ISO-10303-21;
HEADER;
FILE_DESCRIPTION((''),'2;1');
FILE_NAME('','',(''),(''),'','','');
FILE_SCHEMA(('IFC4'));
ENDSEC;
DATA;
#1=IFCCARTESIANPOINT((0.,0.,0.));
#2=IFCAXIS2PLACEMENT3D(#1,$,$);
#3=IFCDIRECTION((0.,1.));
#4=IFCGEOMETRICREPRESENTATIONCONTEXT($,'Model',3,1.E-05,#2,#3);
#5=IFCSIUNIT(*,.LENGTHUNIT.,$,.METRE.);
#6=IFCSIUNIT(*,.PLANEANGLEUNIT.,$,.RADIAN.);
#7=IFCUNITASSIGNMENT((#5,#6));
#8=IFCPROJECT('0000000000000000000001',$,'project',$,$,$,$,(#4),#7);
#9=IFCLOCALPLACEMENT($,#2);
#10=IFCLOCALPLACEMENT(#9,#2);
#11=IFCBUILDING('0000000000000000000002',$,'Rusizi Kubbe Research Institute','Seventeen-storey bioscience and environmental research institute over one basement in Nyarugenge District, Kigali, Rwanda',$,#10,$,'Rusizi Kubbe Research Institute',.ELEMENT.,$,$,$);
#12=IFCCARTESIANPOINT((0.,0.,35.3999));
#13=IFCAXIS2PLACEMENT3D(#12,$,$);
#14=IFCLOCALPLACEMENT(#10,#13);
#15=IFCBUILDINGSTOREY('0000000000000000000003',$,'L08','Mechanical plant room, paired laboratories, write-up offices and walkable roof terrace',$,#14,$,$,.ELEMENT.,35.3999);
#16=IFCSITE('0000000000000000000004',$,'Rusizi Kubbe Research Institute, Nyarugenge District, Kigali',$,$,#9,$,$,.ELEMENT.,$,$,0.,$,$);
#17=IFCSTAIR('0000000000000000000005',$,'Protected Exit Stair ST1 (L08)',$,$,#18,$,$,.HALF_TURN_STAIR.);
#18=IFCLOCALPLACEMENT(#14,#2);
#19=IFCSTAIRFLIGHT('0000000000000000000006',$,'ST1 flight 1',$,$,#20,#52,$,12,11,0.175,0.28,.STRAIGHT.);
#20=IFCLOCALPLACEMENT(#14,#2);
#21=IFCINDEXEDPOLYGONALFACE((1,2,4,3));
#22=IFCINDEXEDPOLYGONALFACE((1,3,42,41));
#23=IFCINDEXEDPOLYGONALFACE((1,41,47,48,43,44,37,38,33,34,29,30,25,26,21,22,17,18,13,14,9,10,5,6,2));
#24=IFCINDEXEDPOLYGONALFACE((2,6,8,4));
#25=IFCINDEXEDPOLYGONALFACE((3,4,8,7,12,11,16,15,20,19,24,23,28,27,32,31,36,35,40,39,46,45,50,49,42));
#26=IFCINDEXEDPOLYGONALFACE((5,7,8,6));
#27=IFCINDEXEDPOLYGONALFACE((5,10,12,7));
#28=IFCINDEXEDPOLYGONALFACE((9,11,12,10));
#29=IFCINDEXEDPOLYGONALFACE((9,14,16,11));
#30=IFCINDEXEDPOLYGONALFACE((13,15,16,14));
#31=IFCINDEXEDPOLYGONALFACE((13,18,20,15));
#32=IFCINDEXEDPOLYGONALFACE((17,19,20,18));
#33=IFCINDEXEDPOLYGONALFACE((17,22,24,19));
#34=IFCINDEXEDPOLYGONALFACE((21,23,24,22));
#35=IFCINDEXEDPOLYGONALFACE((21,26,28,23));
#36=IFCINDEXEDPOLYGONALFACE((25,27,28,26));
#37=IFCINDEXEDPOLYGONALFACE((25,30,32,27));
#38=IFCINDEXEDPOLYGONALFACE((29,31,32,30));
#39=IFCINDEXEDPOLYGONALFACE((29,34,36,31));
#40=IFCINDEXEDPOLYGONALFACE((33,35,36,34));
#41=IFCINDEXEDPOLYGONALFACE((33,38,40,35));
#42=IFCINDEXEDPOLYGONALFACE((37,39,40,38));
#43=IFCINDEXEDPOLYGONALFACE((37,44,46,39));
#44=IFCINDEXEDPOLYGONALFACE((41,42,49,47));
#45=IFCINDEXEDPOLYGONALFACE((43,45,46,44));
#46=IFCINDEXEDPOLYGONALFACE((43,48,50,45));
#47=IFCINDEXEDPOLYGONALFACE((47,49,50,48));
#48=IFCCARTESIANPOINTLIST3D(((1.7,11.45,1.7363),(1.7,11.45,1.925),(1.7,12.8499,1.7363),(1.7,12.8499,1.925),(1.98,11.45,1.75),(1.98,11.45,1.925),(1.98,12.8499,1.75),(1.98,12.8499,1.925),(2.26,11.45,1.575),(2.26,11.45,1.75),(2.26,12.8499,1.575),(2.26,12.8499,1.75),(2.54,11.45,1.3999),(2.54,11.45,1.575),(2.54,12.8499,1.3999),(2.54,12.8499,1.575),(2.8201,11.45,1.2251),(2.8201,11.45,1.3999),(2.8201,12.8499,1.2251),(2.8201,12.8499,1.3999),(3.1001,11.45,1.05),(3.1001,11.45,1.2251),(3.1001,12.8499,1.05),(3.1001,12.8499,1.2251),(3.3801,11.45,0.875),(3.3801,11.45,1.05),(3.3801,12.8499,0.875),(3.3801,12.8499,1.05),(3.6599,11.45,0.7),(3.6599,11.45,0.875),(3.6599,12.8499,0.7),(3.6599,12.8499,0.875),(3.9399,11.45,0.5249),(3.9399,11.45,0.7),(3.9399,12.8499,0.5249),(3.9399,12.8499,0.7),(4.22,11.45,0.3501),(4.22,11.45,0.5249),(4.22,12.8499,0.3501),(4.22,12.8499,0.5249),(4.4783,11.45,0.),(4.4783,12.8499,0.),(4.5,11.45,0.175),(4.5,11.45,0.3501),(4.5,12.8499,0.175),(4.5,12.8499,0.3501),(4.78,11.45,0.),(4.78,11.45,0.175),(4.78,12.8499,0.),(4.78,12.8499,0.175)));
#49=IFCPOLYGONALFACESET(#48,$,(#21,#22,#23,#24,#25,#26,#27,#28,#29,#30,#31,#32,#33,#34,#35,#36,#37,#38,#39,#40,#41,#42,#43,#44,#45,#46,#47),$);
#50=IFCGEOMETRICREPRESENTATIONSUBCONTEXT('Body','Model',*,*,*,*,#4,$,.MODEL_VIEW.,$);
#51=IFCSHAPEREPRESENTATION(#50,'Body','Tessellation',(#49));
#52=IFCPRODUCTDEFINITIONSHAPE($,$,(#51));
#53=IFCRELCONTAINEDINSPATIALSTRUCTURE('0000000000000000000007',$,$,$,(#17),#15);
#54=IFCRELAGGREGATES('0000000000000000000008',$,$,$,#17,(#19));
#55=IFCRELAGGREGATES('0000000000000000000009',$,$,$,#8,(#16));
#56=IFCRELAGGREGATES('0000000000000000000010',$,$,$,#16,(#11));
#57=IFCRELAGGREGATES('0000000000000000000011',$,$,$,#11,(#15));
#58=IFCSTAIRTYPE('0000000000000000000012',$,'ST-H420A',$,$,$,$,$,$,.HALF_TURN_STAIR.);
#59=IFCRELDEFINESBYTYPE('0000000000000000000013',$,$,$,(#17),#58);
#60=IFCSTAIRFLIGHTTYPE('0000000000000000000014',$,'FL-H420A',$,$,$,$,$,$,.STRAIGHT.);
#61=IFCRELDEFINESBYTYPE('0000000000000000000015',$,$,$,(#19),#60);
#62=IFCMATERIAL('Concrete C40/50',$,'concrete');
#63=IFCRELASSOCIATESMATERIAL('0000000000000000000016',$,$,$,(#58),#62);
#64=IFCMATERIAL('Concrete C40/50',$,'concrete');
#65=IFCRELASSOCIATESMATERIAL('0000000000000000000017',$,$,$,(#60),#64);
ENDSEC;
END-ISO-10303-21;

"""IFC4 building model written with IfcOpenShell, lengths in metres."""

from ifc_helpers import new_model, si_unit, direction, frame, origin, place, context, subcontext, project, spatial, polyline, outline, extrude, material, type_object, element, aggregate, save


model = new_model("IFC4")

# Units and contexts
model_context = context("Model", 3, precision=1e-05, world=origin(), true_north=direction((0.0, 1.0)))
body_context = subcontext(model_context, "Body", "Model", "MODEL_VIEW")
ifc_project = project(units=[si_unit("LENGTHUNIT", "METRE"), si_unit("PLANEANGLEUNIT", "RADIAN")], contexts=[model_context])

# Site, building, storey
site_placement = place(None, origin())
site = spatial("IfcSite", under=ifc_project, at=site_placement, Name="Rusizi Kubbe Research Institute, Nyarugenge District, Kigali", CompositionType="ELEMENT", RefElevation=0.0)
building_placement = place(site_placement, origin())
building = spatial("IfcBuilding", under=site, at=building_placement, Name="Rusizi Kubbe Research Institute", Description="Seventeen-storey bioscience and environmental research institute over one basement in Nyarugenge District, Kigali, Rwanda", LongName="Rusizi Kubbe Research Institute", CompositionType="ELEMENT")
storey_placement = place(building_placement, frame((0.0, 0.0, 35.3999)))
storey = spatial("IfcBuildingStorey", under=building, at=storey_placement, Name="L08", Description="Mechanical plant room, paired laboratories, write-up offices and walkable roof terrace", CompositionType="ELEMENT", Elevation=35.3999)

# Stair, stair flight
ifc_material_1 = material(Name="Concrete C40/50", Category="concrete")
stair_type = type_object("IfcStairType", Name="ST-H420A", PredefinedType="HALF_TURN_STAIR", material=ifc_material_1)
stair_placement = place(storey_placement, origin())
stair = element("IfcStair", 1, at=stair_placement, inside=storey, type_object=stair_type, Name="Protected Exit Stair ST1 (L08)", PredefinedType="HALF_TURN_STAIR")
ifc_material_2 = material(Name="Concrete C40/50", Category="concrete")
stair_flight_type = type_object("IfcStairFlightType", Name="FL-H420A", PredefinedType="STRAIGHT", material=ifc_material_2)
stair_flight_placement = place(storey_placement, frame((4.78, 12.1499, 0.0), z_axis=(0.0, 0.0, 1.0), x_axis=(-1.0, 0.0, 0.0)))
stair_flight = element("IfcStairFlight", 2, at=stair_flight_placement, type_object=stair_flight_type, Name="ST1 flight 1", NumberOfRisers=12, NumberOfTreads=11, PredefinedType="STRAIGHT", RiserHeight=0.175, TreadLength=0.28, context=body_context, shape_type="SweptSolid", body=[
    extrude(outline(polyline([(0.0, 0.0), (0.0, 0.175), (0.28, 0.175), (0.28, 0.3501), (0.5601, 0.3501), (0.5601, 0.5249), (0.8401, 0.5249), (0.8401, 0.7), (1.1201, 0.7), (1.1201, 0.875), (1.3999, 0.875), (1.3999, 1.05), (1.6799, 1.05), (1.6799, 1.2251), (1.96, 1.2251), (1.96, 1.3999), (2.24, 1.3999), (2.24, 1.575), (2.52, 1.575), (2.52, 1.75), (2.8, 1.75), (2.8, 1.925), (3.0801, 1.925), (3.0801, 2.1001), (3.0801, 1.7363), (0.3018, 0.0), (0.0, 0.0)])), frame((0.0, 0.7, 0.0), z_axis=(0.0, -1.0, 0.0), x_axis=(1.0, 0.0, 0.0)), (0.0, 0.0, 1.0), 1.3999),
])
aggregate(stair, [stair_flight])

save(model, "model.ifc")
